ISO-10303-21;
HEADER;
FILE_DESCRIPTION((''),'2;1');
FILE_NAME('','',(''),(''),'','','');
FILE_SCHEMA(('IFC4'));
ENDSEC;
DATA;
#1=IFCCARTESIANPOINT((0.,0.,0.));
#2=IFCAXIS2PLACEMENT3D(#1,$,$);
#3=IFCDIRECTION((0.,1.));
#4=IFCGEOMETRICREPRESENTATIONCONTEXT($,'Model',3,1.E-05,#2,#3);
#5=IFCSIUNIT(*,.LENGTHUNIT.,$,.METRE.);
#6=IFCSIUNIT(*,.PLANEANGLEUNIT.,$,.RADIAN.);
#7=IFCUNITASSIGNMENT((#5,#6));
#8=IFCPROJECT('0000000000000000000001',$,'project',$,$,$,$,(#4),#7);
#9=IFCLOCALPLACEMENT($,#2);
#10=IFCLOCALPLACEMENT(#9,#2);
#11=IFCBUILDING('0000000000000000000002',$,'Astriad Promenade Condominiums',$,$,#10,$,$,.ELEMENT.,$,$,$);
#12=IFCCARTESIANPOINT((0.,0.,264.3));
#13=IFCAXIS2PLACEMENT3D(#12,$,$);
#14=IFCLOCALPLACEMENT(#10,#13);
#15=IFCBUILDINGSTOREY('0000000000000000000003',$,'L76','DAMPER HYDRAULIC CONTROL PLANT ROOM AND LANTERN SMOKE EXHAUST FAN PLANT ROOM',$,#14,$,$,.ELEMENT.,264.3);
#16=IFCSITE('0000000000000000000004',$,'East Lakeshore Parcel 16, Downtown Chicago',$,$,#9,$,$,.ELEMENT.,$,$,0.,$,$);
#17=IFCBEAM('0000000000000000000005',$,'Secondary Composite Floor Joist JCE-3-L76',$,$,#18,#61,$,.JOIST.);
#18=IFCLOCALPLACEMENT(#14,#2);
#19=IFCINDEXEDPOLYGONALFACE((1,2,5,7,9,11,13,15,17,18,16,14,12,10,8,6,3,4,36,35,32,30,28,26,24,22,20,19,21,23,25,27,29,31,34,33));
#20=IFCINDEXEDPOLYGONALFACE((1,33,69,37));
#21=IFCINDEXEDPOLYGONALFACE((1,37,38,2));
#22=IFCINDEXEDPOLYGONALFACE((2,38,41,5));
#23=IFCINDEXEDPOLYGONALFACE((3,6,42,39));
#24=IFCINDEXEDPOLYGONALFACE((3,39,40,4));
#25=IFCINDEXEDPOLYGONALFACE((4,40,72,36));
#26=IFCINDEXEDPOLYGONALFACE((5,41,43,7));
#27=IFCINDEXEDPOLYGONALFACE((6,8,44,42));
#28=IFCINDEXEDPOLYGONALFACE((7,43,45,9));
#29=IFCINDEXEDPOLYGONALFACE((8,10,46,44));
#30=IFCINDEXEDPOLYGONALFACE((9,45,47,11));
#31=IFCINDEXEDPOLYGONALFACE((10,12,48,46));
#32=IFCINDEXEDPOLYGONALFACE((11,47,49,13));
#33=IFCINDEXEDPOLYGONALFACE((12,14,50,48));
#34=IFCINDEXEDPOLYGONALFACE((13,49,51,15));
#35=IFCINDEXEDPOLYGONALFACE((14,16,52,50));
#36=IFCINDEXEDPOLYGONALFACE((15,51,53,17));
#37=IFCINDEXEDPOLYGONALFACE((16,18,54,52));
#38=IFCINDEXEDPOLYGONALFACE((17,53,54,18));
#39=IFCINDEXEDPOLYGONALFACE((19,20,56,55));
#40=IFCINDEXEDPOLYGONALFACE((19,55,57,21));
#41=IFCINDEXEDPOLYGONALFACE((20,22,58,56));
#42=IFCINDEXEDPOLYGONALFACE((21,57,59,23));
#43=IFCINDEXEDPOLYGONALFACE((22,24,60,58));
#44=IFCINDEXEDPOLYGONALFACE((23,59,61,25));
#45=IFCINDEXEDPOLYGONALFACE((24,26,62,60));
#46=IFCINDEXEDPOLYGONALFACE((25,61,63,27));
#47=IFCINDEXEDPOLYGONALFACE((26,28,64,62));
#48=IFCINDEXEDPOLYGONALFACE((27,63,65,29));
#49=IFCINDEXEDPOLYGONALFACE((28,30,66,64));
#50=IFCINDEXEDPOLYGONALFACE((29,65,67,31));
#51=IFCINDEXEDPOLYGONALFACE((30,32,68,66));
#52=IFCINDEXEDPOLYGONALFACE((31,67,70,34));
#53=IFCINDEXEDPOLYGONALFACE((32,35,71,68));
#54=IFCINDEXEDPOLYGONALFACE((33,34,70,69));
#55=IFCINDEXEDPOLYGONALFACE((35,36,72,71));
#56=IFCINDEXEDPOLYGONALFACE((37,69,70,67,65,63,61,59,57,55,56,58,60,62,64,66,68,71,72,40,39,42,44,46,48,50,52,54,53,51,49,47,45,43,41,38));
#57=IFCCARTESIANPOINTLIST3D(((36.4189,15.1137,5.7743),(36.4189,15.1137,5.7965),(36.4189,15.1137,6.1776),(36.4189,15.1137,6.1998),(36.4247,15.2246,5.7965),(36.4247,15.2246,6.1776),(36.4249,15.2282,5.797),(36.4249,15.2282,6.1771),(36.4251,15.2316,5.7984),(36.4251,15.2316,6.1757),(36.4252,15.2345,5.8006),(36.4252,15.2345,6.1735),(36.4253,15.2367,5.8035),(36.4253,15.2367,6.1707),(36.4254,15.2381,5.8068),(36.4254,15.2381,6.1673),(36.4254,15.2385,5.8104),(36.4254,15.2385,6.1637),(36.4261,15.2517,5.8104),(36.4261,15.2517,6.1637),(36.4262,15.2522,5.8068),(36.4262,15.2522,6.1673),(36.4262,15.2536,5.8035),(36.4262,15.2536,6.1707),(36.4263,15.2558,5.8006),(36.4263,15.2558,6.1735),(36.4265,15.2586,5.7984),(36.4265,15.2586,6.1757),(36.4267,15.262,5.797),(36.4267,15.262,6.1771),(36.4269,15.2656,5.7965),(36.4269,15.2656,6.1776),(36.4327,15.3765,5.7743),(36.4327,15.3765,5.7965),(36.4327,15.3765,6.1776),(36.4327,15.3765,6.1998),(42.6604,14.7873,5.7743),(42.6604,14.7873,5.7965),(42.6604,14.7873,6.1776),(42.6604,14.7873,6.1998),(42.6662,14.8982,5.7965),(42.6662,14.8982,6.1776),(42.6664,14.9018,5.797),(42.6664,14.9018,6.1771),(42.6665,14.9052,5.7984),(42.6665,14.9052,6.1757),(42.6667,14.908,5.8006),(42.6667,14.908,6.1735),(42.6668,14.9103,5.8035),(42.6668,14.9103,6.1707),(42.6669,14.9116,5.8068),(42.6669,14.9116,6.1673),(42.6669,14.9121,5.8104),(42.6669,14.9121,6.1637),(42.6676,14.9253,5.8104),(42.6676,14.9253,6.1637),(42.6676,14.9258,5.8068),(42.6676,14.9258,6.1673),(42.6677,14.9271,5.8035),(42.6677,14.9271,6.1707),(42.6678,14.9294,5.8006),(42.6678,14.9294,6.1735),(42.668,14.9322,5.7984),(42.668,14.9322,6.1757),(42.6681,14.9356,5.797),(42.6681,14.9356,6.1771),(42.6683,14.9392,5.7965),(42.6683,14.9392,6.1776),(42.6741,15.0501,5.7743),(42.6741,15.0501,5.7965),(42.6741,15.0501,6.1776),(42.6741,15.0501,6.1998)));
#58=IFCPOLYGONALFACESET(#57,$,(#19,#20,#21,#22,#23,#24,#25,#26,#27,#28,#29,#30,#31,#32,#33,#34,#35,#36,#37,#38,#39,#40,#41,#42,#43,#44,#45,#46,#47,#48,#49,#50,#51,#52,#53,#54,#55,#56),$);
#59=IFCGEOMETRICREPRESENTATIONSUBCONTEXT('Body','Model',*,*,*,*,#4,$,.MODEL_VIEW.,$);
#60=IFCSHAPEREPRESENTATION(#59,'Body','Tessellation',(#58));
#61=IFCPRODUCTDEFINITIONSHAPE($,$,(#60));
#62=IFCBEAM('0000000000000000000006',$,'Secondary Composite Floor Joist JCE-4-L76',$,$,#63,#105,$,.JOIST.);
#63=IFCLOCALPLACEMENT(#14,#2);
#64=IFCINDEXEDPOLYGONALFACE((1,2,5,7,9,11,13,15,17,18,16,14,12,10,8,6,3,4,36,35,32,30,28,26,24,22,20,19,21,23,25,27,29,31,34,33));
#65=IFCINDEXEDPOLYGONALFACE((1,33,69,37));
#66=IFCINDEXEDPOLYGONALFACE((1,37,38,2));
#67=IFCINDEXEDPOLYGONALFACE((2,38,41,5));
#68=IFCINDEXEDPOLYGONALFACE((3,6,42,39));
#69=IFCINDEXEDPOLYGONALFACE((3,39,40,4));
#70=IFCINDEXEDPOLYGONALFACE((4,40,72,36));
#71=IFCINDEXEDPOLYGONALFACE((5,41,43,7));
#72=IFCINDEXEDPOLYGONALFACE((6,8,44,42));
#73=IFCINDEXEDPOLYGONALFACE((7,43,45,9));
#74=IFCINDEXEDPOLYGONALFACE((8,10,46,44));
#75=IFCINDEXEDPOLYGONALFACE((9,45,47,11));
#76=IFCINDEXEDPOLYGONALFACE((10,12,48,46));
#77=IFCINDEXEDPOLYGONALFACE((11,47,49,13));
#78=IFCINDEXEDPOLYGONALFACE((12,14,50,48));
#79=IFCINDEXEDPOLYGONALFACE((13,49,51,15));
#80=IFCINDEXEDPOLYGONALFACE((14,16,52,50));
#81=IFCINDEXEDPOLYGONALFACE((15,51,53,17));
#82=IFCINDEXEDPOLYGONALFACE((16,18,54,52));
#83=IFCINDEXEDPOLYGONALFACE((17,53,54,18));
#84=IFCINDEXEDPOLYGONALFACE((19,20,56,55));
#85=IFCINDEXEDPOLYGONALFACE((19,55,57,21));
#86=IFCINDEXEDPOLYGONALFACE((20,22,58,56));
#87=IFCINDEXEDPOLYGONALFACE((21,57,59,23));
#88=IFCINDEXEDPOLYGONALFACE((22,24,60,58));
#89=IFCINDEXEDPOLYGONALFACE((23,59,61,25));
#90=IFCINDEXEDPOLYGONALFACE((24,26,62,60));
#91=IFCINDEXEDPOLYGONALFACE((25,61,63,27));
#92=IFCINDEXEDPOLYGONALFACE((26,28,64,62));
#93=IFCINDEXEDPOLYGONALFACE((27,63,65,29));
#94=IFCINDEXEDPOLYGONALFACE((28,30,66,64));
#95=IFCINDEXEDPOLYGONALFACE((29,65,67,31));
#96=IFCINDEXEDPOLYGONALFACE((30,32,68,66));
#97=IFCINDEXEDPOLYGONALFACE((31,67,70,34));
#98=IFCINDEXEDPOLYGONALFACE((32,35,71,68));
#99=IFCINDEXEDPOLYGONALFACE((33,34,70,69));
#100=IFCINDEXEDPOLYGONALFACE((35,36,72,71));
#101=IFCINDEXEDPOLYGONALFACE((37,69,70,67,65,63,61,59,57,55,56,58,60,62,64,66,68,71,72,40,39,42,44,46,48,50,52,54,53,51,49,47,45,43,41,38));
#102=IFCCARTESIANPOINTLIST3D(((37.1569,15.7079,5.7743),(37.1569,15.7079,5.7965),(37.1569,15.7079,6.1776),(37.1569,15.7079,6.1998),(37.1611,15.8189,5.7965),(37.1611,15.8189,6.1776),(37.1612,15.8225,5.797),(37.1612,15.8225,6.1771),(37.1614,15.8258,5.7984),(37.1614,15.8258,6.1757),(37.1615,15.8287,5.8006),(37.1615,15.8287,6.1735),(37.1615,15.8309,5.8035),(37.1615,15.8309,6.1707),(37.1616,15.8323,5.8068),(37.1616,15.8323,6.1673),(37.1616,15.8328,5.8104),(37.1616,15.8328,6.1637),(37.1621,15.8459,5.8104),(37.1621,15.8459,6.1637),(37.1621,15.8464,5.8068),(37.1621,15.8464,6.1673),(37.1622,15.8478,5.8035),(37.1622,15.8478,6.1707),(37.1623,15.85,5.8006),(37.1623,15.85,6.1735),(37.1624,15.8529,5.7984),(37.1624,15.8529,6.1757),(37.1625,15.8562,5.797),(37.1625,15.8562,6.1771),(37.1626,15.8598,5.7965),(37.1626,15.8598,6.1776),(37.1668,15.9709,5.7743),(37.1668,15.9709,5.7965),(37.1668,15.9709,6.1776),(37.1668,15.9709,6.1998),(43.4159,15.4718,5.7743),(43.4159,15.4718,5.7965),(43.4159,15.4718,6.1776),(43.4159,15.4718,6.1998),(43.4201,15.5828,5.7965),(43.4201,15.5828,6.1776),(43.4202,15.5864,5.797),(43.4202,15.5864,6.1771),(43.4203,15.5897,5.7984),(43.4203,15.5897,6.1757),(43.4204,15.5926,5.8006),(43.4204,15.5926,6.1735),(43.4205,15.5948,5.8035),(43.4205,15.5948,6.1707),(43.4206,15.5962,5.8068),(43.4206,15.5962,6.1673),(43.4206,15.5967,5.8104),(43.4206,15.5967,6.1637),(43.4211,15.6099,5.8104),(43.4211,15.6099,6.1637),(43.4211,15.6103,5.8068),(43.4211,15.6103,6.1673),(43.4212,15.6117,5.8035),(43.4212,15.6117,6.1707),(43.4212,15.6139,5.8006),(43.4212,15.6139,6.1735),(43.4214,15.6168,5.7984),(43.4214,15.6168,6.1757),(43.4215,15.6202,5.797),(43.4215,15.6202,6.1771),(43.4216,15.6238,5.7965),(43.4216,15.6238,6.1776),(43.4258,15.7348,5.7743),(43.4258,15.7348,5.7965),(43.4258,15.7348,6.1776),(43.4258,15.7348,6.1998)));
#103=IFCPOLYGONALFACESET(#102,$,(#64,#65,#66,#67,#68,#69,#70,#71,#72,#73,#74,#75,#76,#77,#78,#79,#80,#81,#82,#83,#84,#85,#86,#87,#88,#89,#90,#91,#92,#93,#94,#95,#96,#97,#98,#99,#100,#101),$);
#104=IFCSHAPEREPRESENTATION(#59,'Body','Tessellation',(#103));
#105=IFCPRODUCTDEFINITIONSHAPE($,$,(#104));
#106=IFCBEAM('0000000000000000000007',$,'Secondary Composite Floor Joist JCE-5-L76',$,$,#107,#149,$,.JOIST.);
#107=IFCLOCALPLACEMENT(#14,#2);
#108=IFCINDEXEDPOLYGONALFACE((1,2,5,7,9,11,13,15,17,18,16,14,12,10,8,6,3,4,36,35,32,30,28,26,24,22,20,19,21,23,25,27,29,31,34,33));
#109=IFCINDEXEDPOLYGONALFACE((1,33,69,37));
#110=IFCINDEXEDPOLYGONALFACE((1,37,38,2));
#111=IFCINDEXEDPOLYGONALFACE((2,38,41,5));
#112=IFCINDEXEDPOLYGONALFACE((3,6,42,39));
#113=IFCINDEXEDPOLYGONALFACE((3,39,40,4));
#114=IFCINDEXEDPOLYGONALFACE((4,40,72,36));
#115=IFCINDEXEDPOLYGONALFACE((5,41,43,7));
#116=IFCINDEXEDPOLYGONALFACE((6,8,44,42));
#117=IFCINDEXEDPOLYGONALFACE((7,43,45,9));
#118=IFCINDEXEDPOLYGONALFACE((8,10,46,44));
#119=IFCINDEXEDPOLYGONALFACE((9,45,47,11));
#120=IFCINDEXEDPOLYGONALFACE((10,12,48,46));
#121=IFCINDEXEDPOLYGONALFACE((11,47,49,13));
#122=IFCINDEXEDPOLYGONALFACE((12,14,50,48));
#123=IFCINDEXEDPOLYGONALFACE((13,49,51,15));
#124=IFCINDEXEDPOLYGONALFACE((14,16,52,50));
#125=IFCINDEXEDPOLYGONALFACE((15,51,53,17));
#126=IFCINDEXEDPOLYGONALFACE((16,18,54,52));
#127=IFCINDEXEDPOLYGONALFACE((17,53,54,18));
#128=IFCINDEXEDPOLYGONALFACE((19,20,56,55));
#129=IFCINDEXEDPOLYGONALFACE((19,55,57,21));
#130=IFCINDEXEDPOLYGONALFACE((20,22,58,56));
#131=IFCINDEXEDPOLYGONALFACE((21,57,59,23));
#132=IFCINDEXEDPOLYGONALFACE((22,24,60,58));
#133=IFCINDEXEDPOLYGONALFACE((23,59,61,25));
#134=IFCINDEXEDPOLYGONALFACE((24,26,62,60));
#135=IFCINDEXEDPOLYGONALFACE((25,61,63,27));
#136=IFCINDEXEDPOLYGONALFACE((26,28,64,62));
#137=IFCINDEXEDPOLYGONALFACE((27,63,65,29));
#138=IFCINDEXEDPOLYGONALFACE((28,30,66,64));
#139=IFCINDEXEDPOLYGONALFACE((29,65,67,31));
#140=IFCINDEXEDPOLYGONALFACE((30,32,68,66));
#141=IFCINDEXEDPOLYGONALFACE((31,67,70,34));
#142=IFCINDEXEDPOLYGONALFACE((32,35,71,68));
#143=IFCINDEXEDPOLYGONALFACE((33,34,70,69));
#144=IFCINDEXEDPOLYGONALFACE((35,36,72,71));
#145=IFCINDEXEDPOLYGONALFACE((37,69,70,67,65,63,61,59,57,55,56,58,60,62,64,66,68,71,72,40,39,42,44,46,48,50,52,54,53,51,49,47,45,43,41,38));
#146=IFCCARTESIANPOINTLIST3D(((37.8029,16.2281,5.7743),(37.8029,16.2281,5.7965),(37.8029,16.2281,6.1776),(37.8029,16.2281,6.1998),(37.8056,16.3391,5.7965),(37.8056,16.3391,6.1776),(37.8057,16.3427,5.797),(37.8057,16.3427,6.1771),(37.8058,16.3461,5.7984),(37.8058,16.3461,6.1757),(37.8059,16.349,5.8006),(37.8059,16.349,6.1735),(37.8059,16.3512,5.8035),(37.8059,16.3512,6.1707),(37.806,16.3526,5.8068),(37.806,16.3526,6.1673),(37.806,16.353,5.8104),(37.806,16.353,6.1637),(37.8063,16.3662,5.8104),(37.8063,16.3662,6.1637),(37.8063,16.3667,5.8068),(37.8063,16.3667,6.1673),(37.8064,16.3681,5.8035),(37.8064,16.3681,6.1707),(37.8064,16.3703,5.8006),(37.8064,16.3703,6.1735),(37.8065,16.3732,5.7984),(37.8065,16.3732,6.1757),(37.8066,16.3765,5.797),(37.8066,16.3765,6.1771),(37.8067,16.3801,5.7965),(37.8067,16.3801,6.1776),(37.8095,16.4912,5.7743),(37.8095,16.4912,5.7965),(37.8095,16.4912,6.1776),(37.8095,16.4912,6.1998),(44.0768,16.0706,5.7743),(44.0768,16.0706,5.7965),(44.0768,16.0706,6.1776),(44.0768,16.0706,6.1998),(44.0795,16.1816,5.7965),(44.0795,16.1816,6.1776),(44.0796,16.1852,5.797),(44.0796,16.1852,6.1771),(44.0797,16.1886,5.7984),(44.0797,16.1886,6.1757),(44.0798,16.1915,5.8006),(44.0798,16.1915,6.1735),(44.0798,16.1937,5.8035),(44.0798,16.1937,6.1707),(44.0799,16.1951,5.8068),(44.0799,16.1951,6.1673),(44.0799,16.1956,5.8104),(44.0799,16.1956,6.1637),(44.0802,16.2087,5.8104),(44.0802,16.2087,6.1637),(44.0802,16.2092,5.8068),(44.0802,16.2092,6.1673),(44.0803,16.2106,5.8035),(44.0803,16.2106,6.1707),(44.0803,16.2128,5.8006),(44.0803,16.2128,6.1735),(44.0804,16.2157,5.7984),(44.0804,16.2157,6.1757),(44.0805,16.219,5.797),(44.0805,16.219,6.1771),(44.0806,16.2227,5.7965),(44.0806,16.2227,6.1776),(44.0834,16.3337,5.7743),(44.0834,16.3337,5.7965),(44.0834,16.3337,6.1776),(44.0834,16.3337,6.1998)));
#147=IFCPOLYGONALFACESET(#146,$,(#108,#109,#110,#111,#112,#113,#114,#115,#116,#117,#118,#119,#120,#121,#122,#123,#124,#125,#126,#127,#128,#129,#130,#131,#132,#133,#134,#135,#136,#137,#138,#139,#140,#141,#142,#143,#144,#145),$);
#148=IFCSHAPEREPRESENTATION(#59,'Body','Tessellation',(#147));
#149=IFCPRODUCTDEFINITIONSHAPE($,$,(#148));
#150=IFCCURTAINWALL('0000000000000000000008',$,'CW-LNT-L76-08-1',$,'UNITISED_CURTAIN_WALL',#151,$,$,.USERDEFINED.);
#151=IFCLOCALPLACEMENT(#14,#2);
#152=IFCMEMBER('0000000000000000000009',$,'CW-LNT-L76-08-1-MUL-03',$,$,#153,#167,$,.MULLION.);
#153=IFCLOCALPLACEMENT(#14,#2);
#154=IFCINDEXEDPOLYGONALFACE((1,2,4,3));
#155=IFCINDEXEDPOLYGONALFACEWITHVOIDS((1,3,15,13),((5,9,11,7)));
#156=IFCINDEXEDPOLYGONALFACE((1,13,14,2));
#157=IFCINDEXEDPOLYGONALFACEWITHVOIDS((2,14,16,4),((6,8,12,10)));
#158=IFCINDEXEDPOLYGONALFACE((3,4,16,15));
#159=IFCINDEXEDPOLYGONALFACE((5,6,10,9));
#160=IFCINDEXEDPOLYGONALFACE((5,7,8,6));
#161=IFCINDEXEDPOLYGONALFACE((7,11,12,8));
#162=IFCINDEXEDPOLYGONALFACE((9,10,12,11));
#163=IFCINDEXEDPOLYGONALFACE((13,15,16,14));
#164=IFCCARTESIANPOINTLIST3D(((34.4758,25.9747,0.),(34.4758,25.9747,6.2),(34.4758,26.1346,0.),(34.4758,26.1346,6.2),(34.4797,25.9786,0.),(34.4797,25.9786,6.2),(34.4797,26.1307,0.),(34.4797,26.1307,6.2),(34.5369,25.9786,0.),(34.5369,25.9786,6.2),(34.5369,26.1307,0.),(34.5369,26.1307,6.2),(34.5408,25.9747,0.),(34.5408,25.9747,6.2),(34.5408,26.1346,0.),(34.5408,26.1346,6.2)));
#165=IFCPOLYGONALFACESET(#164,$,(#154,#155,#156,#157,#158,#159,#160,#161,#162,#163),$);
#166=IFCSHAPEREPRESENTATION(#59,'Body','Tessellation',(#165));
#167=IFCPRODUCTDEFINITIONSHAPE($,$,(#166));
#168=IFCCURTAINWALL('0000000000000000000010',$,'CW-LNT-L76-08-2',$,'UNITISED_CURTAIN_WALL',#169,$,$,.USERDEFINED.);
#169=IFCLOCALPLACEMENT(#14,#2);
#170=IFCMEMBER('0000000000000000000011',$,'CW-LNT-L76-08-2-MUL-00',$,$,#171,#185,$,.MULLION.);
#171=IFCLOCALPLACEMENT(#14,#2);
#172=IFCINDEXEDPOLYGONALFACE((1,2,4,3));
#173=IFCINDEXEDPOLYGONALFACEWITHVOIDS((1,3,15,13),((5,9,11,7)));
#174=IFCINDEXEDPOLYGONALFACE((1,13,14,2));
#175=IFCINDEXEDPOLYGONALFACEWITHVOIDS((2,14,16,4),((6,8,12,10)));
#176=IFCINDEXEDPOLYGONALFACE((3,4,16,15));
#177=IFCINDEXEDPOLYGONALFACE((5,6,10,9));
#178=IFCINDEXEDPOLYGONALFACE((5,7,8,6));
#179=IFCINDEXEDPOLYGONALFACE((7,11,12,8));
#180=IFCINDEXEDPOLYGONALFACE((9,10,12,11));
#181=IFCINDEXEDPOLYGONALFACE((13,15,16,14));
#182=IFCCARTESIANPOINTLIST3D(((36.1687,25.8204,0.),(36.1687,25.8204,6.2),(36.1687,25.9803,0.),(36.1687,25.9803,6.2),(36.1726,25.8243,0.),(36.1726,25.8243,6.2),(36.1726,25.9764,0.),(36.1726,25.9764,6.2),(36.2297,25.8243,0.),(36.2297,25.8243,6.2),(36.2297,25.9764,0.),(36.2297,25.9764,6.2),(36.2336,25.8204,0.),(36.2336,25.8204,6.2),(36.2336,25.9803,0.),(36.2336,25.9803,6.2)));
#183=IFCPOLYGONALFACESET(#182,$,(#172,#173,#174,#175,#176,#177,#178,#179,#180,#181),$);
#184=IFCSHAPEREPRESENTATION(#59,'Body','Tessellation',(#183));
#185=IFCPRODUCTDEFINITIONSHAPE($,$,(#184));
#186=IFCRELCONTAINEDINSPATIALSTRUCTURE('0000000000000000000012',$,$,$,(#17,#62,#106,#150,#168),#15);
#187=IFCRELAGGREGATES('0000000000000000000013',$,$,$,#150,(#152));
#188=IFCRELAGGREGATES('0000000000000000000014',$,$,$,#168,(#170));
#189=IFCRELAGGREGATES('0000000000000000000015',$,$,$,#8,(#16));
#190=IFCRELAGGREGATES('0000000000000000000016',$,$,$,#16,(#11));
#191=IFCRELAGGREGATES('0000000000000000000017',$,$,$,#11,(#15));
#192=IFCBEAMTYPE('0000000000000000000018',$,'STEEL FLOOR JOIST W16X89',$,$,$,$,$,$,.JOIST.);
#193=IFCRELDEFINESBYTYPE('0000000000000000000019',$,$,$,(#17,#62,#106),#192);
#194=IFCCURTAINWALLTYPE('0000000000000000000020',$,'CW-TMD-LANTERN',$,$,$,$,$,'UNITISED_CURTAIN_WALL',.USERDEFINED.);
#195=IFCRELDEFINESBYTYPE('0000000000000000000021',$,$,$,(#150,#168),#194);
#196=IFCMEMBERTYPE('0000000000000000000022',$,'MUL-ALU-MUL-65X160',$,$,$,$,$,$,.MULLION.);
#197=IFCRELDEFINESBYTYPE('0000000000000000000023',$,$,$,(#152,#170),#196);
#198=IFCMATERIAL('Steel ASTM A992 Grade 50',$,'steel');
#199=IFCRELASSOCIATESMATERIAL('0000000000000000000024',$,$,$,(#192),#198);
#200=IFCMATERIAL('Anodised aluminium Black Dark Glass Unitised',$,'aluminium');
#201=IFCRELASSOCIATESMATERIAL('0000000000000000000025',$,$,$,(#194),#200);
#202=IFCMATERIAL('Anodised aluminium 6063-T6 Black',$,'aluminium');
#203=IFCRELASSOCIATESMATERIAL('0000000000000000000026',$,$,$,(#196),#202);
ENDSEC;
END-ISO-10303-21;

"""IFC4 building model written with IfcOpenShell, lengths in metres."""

from ifc_helpers import new_model, si_unit, direction, frame, origin, origin_2d, place, context, subcontext, project, spatial, hollow_rectangle, i_section, extrude, source, transform, mapped, material, material_profile, profile_set, type_object, type_shapes, element, aggregate, save


model = new_model("IFC4")

# Units and contexts
model_context = context("Model", 3, precision=1e-05, world=origin(), true_north=direction((0.0, 1.0)))
body_context = subcontext(model_context, "Body", "Model", "MODEL_VIEW")
ifc_project = project(units=[si_unit("LENGTHUNIT", "METRE"), si_unit("PLANEANGLEUNIT", "RADIAN")], contexts=[model_context])

# Site, building, storey
site_placement = place(None, origin())
site = spatial("IfcSite", under=ifc_project, at=site_placement, Name="East Lakeshore Parcel 16, Downtown Chicago", CompositionType="ELEMENT", RefElevation=0.0)
building_placement = place(site_placement, origin())
building = spatial("IfcBuilding", under=site, at=building_placement, Name="Astriad Promenade Condominiums", CompositionType="ELEMENT")
storey_placement = place(building_placement, frame((0.0, 0.0, 264.3)))
storey = spatial("IfcBuildingStorey", under=building, at=storey_placement, Name="L76", Description="DAMPER HYDRAULIC CONTROL PLANT ROOM AND LANTERN SMOKE EXHAUST FAN PLANT ROOM", CompositionType="ELEMENT", Elevation=264.3)

# Shared definitions
ifc_material_1 = material(Name="Steel ASTM A992 Grade 50", Category="steel")

# Beams
ifc_material_profile_1 = material_profile(ifc_material_1, i_section(OverallWidth=0.2632, OverallDepth=0.4255, WebThickness=0.0132, FlangeThickness=0.0222, FilletRadius=0.0139, at=origin_2d()), Name="W16X89")
ifc_profile_set_1 = profile_set([ifc_material_profile_1], Name="Steel ASTM A992 Grade 50")
beam_type_1 = type_object("IfcBeamType", Name="STEEL FLOOR JOIST W16X89", PredefinedType="JOIST", material=ifc_profile_set_1)
shared_shape_1 = source(origin(), body_context, "Body", "SweptSolid", [
    extrude(i_section(OverallWidth=0.2632, OverallDepth=0.4255, WebThickness=0.0132, FlangeThickness=0.0222, FilletRadius=0.0139, at=origin_2d()), origin(), (0.0, 0.0, 1.0), 6.25),
])
beam_1_placement = place(storey_placement, frame((36.4258, 15.2451, 5.9871), z_axis=(0.998635, -0.052227, 0.0), x_axis=(0.052227, 0.998635, 0.0)))
element("IfcBeam", 1, at=beam_1_placement, inside=storey, type_object=beam_type_1, Name="Secondary Composite Floor Joist JCE-3-L76", PredefinedType="JOIST", context=body_context, shape_type="MappedRepresentation", body=[
    mapped(shared_shape_1, transform((0.0, 0.0, 0.0), scale=1.0)),
])
shared_shape_2 = source(origin(), body_context, "Body", "SweptSolid", [
    extrude(i_section(OverallWidth=0.2632, OverallDepth=0.4255, WebThickness=0.0132, FlangeThickness=0.0222, FilletRadius=0.0139, at=origin_2d()), origin(), (0.0, 0.0, 1.0), 6.2634),
])
beam_2_placement = place(storey_placement, frame((37.1619, 15.8394, 5.9871), z_axis=(0.999289, -0.037692, 0.0), x_axis=(0.037692, 0.999289, 0.0)))
element("IfcBeam", 2, at=beam_2_placement, inside=storey, type_object=beam_type_1, Name="Secondary Composite Floor Joist JCE-4-L76", PredefinedType="JOIST", context=body_context, shape_type="MappedRepresentation", body=[
    mapped(shared_shape_2, transform((0.0, 0.0, 0.0), scale=1.0)),
])
shared_shape_3 = source(origin(), body_context, "Body", "SweptSolid", [
    extrude(i_section(OverallWidth=0.2632, OverallDepth=0.4255, WebThickness=0.0132, FlangeThickness=0.0222, FilletRadius=0.0139, at=origin_2d()), origin(), (0.0, 0.0, 1.0), 6.2759),
])
type_shapes(beam_type_1, [shared_shape_1, shared_shape_2, shared_shape_3])
beam_3_placement = place(storey_placement, frame((37.8062, 16.3596, 5.9871), z_axis=(0.999685, -0.025091, 0.0), x_axis=(0.025091, 0.999685, 0.0)))
element("IfcBeam", 3, at=beam_3_placement, inside=storey, type_object=beam_type_1, Name="Secondary Composite Floor Joist JCE-5-L76", PredefinedType="JOIST", context=body_context, shape_type="MappedRepresentation", body=[
    mapped(shared_shape_3, transform((0.0, 0.0, 0.0), scale=1.0)),
])

# Curtain wall, member
ifc_material_2 = material(Name="Anodised aluminium Black Dark Glass Unitised", Category="aluminium")
curtain_wall_type = type_object("IfcCurtainWallType", Name="CW-TMD-LANTERN", ElementType="UNITISED_CURTAIN_WALL", PredefinedType="USERDEFINED", material=ifc_material_2)
curtain_wall_1_placement = place(storey_placement, origin())
curtain_wall_1 = element("IfcCurtainWall", 4, at=curtain_wall_1_placement, inside=storey, type_object=curtain_wall_type, Name="CW-LNT-L76-08-1", ObjectType="UNITISED_CURTAIN_WALL", PredefinedType="USERDEFINED")
ifc_material_3 = material(Name="Anodised aluminium 6063-T6 Black", Category="aluminium")
ifc_material_profile_2 = material_profile(ifc_material_3, hollow_rectangle(XDim=0.0649, YDim=0.1599, WallThickness=0.0039, at=origin_2d()), Name="ALU-MUL-65X160")
ifc_profile_set_2 = profile_set([ifc_material_profile_2], Name="Anodised aluminium 6063-T6 Black")
member_type_1 = type_object("IfcMemberType", Name="MUL-ALU-MUL-65X160", PredefinedType="MULLION", material=ifc_profile_set_2)
shared_shape_4 = source(origin(), body_context, "Body", "SweptSolid", [
    extrude(hollow_rectangle(XDim=0.0649, YDim=0.1599, WallThickness=0.0039, at=origin_2d()), origin(), (0.0, 0.0, 1.0), 6.2),
])
type_shapes(member_type_1, [shared_shape_4])
member_1_placement = place(storey_placement, frame((34.5083, 26.0547, 0.0), z_axis=(0.0, 0.0, 1.0), x_axis=(1.0, 0.0, 0.0)))
member_1 = element("IfcMember", 5, at=member_1_placement, type_object=member_type_1, Name="CW-LNT-L76-08-1-MUL-03", PredefinedType="MULLION", context=body_context, shape_type="MappedRepresentation", body=[
    mapped(shared_shape_4, transform((0.0, 0.0, 0.0), scale=1.0)),
])
aggregate(curtain_wall_1, [member_1])

# Curtain wall, member
curtain_wall_2_placement = place(storey_placement, origin())
curtain_wall_2 = element("IfcCurtainWall", 6, at=curtain_wall_2_placement, inside=storey, type_object=curtain_wall_type, Name="CW-LNT-L76-08-2", ObjectType="UNITISED_CURTAIN_WALL", PredefinedType="USERDEFINED")
member_2_placement = place(storey_placement, frame((36.2012, 25.9004, 0.0), z_axis=(0.0, 0.0, 1.0), x_axis=(1.0, 0.0, 0.0)))
member_2 = element("IfcMember", 7, at=member_2_placement, type_object=member_type_1, Name="CW-LNT-L76-08-2-MUL-00", PredefinedType="MULLION", context=body_context, shape_type="MappedRepresentation", body=[
    mapped(shared_shape_4, transform((0.0, 0.0, 0.0), scale=1.0)),
])

aggregate(curtain_wall_2, [member_2])

save(model, "model.ifc")
